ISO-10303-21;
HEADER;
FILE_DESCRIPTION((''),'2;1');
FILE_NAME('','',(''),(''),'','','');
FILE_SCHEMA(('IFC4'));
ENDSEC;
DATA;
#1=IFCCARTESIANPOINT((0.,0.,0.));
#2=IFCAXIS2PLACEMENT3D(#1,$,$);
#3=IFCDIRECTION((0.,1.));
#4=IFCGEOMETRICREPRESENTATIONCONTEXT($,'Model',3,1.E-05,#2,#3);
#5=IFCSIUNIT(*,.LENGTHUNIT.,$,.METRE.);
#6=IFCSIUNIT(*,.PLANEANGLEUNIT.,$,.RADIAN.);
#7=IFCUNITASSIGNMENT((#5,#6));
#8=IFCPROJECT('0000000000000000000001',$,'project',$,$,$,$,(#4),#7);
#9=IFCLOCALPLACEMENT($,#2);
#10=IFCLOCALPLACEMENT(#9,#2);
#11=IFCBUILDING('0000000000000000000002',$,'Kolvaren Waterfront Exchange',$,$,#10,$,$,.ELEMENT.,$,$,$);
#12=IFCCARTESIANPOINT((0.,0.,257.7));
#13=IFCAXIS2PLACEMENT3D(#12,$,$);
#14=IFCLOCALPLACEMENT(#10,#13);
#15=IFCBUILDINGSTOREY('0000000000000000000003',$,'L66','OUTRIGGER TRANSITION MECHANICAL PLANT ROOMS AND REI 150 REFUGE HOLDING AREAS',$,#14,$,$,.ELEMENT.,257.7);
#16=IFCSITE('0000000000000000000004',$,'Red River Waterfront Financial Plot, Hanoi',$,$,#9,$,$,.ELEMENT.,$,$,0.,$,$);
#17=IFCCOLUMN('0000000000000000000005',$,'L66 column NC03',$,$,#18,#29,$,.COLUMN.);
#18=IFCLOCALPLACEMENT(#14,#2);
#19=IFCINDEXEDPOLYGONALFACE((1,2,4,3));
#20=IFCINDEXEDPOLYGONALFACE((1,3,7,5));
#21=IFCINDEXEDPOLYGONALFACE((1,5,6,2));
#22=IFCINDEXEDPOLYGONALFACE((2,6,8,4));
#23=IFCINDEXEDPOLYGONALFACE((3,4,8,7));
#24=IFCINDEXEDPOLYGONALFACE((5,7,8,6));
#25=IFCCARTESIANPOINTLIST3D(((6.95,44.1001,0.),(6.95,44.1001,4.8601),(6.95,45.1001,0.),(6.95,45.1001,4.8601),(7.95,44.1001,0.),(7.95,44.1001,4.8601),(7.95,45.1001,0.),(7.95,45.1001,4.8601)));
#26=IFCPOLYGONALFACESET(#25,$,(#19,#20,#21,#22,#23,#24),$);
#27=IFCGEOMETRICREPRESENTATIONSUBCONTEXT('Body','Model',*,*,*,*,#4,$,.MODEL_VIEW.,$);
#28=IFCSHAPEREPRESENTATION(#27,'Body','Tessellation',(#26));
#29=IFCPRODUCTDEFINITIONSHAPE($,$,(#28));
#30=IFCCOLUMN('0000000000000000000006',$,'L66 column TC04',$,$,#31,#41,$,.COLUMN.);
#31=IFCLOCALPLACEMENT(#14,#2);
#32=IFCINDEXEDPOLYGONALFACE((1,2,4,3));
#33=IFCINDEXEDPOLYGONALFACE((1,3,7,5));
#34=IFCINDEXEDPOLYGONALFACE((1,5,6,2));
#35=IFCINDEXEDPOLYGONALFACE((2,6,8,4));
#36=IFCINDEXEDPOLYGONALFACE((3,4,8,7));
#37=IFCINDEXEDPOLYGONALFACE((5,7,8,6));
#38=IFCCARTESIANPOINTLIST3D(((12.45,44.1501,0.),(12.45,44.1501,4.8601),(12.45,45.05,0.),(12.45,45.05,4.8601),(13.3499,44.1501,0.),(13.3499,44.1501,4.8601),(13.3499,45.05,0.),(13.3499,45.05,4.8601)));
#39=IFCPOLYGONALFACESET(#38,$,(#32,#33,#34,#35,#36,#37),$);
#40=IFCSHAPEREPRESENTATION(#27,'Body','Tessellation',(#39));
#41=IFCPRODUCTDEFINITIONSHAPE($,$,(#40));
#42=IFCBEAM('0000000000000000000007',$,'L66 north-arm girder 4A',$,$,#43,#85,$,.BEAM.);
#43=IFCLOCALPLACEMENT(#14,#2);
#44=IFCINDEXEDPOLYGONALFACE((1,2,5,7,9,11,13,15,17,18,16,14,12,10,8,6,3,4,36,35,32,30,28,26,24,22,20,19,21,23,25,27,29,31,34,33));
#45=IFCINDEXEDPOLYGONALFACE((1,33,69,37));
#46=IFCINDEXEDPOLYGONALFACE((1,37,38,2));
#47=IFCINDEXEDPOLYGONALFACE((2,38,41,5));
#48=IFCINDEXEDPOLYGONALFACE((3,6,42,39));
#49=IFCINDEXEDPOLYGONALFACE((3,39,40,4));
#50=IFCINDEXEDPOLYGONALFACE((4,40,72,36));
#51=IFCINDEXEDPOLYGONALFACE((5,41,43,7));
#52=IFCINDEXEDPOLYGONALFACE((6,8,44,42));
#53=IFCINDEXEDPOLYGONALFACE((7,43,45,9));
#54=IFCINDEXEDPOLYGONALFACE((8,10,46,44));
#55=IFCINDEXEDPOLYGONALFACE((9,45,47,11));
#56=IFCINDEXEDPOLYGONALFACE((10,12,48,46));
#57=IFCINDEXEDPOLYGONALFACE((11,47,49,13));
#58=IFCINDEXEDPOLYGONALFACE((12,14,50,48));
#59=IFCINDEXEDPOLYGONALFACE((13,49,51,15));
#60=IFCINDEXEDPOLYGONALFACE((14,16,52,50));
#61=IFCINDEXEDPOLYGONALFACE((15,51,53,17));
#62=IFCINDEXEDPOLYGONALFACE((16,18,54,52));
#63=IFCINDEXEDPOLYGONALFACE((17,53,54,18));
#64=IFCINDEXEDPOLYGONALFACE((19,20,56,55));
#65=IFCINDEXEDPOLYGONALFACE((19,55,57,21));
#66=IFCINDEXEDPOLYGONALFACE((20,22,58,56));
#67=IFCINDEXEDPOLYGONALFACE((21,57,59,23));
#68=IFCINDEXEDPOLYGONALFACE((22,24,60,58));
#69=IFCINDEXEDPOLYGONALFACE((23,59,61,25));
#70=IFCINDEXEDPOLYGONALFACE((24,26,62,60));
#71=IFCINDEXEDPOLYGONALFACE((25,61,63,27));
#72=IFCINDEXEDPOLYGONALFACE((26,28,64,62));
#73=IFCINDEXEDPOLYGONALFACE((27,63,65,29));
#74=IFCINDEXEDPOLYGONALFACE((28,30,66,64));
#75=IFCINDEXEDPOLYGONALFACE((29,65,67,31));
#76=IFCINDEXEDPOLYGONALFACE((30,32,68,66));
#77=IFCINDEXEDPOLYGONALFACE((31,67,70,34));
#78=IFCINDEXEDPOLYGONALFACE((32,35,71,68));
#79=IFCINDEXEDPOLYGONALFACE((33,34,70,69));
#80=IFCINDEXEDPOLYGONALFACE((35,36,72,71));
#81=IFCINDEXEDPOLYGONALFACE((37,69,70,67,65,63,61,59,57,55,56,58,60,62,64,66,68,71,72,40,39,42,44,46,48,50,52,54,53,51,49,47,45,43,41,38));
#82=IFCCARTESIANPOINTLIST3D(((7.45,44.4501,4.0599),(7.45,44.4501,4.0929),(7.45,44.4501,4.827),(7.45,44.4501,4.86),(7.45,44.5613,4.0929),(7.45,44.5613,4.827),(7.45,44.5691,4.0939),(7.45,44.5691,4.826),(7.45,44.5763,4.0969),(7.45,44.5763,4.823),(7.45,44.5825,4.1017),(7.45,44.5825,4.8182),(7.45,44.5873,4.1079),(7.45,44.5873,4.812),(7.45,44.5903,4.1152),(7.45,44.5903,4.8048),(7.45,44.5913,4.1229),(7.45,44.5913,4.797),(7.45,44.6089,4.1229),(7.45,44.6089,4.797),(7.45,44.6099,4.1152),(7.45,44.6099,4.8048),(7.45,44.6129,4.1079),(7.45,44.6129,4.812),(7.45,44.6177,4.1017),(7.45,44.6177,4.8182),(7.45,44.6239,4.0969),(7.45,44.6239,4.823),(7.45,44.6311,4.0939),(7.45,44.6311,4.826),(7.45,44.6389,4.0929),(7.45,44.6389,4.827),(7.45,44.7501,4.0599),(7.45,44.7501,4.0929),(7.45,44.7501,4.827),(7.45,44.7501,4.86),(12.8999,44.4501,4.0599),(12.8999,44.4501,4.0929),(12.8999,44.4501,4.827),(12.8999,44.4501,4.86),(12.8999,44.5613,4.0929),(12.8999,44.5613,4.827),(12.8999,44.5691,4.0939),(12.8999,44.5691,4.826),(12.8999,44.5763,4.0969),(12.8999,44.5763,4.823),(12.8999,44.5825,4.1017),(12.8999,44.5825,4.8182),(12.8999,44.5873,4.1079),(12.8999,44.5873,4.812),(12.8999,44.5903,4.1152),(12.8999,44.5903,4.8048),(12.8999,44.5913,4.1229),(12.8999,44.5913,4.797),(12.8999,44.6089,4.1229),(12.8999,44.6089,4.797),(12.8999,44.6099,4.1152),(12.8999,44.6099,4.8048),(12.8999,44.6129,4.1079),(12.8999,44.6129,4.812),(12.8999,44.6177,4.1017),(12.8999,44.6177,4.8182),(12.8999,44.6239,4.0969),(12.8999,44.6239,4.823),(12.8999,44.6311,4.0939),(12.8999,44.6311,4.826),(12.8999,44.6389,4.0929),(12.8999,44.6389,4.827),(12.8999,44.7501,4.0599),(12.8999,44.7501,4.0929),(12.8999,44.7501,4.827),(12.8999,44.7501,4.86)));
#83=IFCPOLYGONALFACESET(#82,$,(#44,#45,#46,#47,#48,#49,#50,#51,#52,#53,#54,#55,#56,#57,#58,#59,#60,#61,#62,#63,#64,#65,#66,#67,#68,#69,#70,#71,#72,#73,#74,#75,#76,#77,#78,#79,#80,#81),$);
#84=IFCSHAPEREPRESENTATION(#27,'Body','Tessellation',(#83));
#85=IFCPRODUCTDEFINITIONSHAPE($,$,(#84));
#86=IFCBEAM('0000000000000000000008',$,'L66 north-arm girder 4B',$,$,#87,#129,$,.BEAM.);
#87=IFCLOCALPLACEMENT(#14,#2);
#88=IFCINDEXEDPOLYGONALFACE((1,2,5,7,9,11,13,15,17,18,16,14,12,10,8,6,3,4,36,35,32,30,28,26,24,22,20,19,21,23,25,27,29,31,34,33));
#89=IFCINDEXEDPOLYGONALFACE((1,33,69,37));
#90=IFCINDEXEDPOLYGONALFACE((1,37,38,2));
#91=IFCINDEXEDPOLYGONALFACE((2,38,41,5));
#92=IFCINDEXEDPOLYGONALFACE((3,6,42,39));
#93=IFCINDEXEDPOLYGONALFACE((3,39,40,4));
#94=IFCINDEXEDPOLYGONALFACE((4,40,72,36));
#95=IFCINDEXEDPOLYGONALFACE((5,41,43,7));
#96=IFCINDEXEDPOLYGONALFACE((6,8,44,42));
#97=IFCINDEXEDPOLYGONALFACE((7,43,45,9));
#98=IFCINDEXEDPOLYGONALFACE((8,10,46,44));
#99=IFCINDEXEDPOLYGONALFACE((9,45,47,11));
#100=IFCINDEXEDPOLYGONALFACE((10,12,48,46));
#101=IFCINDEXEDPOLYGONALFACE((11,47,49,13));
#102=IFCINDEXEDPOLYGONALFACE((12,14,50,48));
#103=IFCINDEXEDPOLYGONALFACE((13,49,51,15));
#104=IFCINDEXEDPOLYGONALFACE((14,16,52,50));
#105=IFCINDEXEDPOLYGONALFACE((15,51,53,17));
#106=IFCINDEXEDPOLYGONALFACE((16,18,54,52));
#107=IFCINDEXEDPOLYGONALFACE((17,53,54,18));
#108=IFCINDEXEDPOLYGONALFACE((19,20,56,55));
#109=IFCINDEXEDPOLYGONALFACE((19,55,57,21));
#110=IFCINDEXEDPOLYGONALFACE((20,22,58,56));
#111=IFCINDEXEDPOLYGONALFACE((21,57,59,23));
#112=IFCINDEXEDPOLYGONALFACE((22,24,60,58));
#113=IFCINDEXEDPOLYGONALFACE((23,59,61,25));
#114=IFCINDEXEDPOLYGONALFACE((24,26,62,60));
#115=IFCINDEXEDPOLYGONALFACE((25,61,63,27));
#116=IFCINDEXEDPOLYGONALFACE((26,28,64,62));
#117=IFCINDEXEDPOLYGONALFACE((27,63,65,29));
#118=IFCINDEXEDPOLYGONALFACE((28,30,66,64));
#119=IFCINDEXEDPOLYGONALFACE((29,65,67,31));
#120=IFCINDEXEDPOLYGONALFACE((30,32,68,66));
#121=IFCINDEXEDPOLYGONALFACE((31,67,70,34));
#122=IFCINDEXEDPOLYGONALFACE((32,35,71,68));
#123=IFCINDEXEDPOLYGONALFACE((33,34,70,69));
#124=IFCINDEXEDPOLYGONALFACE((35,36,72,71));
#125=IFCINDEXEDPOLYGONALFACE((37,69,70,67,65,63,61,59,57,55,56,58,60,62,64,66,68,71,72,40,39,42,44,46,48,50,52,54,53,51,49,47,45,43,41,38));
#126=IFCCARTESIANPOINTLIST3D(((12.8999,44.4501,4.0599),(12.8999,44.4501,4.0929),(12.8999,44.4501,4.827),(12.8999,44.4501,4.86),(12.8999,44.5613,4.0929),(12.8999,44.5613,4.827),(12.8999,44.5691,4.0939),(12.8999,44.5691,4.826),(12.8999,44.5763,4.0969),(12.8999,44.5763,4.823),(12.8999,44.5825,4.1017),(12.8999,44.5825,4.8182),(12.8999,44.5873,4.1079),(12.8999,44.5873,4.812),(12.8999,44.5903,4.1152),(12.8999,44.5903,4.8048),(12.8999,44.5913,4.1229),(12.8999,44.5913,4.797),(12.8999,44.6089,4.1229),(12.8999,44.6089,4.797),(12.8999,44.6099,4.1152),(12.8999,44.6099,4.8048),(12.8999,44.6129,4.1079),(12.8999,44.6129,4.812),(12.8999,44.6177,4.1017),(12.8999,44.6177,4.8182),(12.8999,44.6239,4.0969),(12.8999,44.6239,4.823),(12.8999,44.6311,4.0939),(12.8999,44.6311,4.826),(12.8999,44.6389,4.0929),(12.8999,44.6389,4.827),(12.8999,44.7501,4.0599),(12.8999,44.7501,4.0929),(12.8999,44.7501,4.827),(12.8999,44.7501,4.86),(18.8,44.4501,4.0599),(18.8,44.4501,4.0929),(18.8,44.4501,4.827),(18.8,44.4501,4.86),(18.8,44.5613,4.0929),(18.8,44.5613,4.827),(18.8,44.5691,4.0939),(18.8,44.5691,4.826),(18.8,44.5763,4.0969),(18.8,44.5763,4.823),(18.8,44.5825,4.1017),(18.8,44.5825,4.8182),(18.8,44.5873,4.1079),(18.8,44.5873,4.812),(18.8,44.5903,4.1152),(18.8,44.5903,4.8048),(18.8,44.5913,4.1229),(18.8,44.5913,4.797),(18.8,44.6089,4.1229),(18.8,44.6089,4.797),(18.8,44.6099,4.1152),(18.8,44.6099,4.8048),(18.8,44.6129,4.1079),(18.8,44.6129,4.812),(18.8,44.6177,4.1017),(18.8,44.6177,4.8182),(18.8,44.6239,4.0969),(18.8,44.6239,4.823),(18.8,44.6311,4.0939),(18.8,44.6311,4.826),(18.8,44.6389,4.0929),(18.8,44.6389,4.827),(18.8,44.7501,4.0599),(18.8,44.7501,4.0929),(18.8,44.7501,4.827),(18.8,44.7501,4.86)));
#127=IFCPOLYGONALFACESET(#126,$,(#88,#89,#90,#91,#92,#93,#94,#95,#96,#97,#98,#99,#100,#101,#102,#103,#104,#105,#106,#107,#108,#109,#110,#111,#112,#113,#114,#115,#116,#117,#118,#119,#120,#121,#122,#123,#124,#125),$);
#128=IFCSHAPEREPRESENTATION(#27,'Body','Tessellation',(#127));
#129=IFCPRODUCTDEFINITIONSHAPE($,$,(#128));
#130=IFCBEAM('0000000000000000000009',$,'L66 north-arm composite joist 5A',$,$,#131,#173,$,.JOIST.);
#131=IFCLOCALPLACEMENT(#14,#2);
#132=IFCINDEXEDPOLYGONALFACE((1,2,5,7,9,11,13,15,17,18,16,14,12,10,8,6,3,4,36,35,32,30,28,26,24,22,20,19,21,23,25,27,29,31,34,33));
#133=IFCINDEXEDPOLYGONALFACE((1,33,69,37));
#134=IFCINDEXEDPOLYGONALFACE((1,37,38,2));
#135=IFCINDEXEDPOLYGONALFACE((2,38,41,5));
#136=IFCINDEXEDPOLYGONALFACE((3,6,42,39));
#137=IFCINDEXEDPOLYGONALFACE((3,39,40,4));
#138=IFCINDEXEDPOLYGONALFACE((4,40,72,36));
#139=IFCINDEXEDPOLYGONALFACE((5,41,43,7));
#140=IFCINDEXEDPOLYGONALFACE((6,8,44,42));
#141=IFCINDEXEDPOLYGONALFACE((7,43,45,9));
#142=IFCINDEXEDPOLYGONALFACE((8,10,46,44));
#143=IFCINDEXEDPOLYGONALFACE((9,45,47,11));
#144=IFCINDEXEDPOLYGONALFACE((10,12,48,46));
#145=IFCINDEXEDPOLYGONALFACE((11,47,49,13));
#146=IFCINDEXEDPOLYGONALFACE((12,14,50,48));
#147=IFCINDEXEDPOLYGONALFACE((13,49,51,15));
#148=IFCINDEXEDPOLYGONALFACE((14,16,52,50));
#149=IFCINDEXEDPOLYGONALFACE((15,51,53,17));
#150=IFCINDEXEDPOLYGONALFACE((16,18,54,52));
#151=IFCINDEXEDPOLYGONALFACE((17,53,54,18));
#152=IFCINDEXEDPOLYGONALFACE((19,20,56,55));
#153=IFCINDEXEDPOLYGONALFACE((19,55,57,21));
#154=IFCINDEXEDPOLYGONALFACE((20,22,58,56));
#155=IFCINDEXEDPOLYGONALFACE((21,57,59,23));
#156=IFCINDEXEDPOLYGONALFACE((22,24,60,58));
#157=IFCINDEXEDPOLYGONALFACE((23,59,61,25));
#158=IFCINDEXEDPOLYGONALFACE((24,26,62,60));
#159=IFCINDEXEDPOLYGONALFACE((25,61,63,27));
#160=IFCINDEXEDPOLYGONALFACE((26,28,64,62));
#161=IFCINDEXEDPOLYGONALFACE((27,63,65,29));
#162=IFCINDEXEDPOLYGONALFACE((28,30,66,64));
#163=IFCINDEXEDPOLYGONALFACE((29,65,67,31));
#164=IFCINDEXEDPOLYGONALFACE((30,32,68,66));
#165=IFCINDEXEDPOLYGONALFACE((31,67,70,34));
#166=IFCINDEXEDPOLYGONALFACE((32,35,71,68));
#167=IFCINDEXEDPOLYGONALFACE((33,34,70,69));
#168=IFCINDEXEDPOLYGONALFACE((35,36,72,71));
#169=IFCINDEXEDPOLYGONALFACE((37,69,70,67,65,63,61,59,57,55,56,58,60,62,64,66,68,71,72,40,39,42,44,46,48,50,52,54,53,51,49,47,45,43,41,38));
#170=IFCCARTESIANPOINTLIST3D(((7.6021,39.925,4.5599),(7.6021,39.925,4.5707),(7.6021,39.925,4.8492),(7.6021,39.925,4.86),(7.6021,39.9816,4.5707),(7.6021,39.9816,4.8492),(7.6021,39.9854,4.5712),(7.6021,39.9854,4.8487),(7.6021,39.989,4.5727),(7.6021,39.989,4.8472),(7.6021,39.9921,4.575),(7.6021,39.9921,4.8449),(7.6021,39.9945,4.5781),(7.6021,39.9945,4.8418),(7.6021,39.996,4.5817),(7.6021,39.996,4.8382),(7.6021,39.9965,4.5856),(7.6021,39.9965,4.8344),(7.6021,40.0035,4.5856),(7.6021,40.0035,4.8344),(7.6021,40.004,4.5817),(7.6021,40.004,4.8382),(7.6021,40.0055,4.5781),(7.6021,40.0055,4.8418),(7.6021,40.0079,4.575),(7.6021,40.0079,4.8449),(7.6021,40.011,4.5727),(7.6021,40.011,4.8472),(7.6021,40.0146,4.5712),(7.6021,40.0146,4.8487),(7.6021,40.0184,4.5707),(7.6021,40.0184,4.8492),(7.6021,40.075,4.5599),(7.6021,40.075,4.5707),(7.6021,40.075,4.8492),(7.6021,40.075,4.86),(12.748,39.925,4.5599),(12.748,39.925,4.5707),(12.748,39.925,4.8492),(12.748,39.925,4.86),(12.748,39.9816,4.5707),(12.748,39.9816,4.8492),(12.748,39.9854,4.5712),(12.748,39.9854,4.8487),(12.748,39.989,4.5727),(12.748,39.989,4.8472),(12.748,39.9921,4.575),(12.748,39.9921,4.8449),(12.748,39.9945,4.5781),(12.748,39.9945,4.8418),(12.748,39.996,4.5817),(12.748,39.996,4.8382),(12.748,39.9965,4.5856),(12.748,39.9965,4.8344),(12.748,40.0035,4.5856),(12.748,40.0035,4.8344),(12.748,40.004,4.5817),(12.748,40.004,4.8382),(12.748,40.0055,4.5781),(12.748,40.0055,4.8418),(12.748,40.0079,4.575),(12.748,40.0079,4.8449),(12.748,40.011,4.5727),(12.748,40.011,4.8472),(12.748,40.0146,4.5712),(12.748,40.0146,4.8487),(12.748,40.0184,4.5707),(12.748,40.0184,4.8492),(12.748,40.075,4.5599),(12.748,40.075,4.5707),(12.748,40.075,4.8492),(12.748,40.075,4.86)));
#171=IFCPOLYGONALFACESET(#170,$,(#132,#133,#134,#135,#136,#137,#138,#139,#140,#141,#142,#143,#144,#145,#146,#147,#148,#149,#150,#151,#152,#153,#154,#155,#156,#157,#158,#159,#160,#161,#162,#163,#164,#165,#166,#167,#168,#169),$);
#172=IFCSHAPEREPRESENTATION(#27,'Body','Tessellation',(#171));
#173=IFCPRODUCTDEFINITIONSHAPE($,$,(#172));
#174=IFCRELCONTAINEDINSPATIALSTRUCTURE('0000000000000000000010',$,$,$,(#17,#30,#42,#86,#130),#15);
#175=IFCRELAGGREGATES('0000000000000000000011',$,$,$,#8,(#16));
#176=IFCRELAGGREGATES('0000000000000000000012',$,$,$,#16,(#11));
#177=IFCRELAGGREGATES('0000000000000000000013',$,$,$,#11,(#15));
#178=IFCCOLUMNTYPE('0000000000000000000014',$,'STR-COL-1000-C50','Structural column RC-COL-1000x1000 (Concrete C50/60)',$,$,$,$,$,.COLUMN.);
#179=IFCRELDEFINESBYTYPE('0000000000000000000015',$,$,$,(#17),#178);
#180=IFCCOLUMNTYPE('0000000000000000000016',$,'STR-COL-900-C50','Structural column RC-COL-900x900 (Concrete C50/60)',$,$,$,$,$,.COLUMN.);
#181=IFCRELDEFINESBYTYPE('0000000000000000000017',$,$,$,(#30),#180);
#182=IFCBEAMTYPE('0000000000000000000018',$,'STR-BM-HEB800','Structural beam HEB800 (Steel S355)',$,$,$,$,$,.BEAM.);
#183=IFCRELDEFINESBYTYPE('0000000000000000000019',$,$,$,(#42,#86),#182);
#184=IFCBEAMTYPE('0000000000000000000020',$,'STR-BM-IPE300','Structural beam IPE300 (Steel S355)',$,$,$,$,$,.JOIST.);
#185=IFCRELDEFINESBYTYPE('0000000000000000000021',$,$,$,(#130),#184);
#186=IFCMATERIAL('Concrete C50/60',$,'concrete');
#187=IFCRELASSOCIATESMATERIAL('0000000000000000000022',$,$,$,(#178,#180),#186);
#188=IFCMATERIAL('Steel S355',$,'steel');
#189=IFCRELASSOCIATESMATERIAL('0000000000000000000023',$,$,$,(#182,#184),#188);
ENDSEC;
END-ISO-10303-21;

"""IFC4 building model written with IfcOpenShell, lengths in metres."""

from ifc_helpers import new_model, si_unit, direction, frame, origin, origin_2d, place, context, subcontext, project, spatial, rectangle, i_section, extrude, material, material_profile, profile_set, type_object, element, save


model = new_model("IFC4")

# Units and contexts
model_context = context("Model", 3, precision=1e-05, world=origin(), true_north=direction((0.0, 1.0)))
body_context = subcontext(model_context, "Body", "Model", "MODEL_VIEW")
ifc_project = project(units=[si_unit("LENGTHUNIT", "METRE"), si_unit("PLANEANGLEUNIT", "RADIAN")], contexts=[model_context])

# Site, building, storey
site_placement = place(None, origin())
site = spatial("IfcSite", under=ifc_project, at=site_placement, Name="Red River Waterfront Financial Plot, Hanoi", CompositionType="ELEMENT", RefElevation=0.0)
building_placement = place(site_placement, origin())
building = spatial("IfcBuilding", under=site, at=building_placement, Name="Kolvaren Waterfront Exchange", CompositionType="ELEMENT")
storey_placement = place(building_placement, frame((0.0, 0.0, 257.7)))
storey = spatial("IfcBuildingStorey", under=building, at=storey_placement, Name="L66", Description="OUTRIGGER TRANSITION MECHANICAL PLANT ROOMS AND REI 150 REFUGE HOLDING AREAS", CompositionType="ELEMENT", Elevation=257.7)

# Columns
ifc_material_1 = material(Name="Concrete C50/60", Category="concrete")
ifc_material_profile_1 = material_profile(ifc_material_1, rectangle(XDim=1.0, YDim=1.0, at=origin_2d()), Name="RC-COL-1000x1000")
ifc_profile_set_1 = profile_set([ifc_material_profile_1], Name="Concrete C50/60")
column_type_1 = type_object("IfcColumnType", Name="STR-COL-1000-C50", Description="Structural column RC-COL-1000x1000 (Concrete C50/60)", PredefinedType="COLUMN", material=ifc_profile_set_1)
column_1_placement = place(storey_placement, frame((7.45, 44.6001, 0.0), z_axis=(0.0, 0.0, 1.0), x_axis=(1.0, 0.0, 0.0)))
element("IfcColumn", 1, at=column_1_placement, inside=storey, type_object=column_type_1, Name="L66 column NC03", PredefinedType="COLUMN", context=body_context, shape_type="SweptSolid", body=[
    extrude(rectangle(XDim=1.0, YDim=1.0, at=origin_2d()), origin(), (0.0, 0.0, 1.0), 4.8601),
])
ifc_material_profile_2 = material_profile(ifc_material_1, rectangle(XDim=0.8999, YDim=0.8999, at=origin_2d()), Name="RC-COL-900x900")
ifc_profile_set_2 = profile_set([ifc_material_profile_2], Name="Concrete C50/60")
column_type_2 = type_object("IfcColumnType", Name="STR-COL-900-C50", Description="Structural column RC-COL-900x900 (Concrete C50/60)", PredefinedType="COLUMN", material=ifc_profile_set_2)
column_2_placement = place(storey_placement, frame((12.8999, 44.6001, 0.0), z_axis=(0.0, 0.0, 1.0), x_axis=(1.0, 0.0, 0.0)))
element("IfcColumn", 2, at=column_2_placement, inside=storey, type_object=column_type_2, Name="L66 column TC04", PredefinedType="COLUMN", context=body_context, shape_type="SweptSolid", body=[
    extrude(rectangle(XDim=0.8999, YDim=0.8999, at=origin_2d()), origin(), (0.0, 0.0, 1.0), 4.8601),
])

# Beams
ifc_material_2 = material(Name="Steel S355", Category="steel")
ifc_material_profile_3 = material_profile(ifc_material_2, i_section(OverallWidth=0.3, OverallDepth=0.8, WebThickness=0.0176, FlangeThickness=0.033, FilletRadius=0.03, at=origin_2d()), Name="HEB800")
ifc_profile_set_3 = profile_set([ifc_material_profile_3], Name="Steel S355")
beam_type_1 = type_object("IfcBeamType", Name="STR-BM-HEB800", Description="Structural beam HEB800 (Steel S355)", PredefinedType="BEAM", material=ifc_profile_set_3)
beam_1_placement = place(storey_placement, frame((7.45, 44.6001, 4.46), z_axis=(1.0, 0.0, 0.0), x_axis=(0.0, 1.0, 0.0)))
element("IfcBeam", 3, at=beam_1_placement, inside=storey, type_object=beam_type_1, Name="L66 north-arm girder 4A", PredefinedType="BEAM", context=body_context, shape_type="SweptSolid", body=[
    extrude(i_section(OverallWidth=0.3, OverallDepth=0.8, WebThickness=0.0176, FlangeThickness=0.033, FilletRadius=0.03, at=origin_2d()), origin(), (0.0, 0.0, 1.0), 5.45),
])
beam_2_placement = place(storey_placement, frame((12.8999, 44.6001, 4.46), z_axis=(1.0, 0.0, 0.0), x_axis=(0.0, 1.0, 0.0)))
element("IfcBeam", 4, at=beam_2_placement, inside=storey, type_object=beam_type_1, Name="L66 north-arm girder 4B", PredefinedType="BEAM", context=body_context, shape_type="SweptSolid", body=[
    extrude(i_section(OverallWidth=0.3, OverallDepth=0.8, WebThickness=0.0176, FlangeThickness=0.033, FilletRadius=0.03, at=origin_2d()), origin(), (0.0, 0.0, 1.0), 5.9001),
])
ifc_material_profile_4 = material_profile(ifc_material_2, i_section(OverallWidth=0.1499, OverallDepth=0.3, WebThickness=0.0071, FlangeThickness=0.0107, FilletRadius=0.0149, at=origin_2d()), Name="IPE300")
ifc_profile_set_4 = profile_set([ifc_material_profile_4], Name="Steel S355")
beam_type_2 = type_object("IfcBeamType", Name="STR-BM-IPE300", Description="Structural beam IPE300 (Steel S355)", PredefinedType="JOIST", material=ifc_profile_set_4)
beam_3_placement = place(storey_placement, frame((7.6021, 40.0, 4.71), z_axis=(1.0, 0.0, 0.0), x_axis=(0.0, 1.0, 0.0)))
element("IfcBeam", 5, at=beam_3_placement, inside=storey, type_object=beam_type_2, Name="L66 north-arm composite joist 5A", PredefinedType="JOIST", context=body_context, shape_type="SweptSolid", body=[
    extrude(i_section(OverallWidth=0.1499, OverallDepth=0.3, WebThickness=0.0071, FlangeThickness=0.0107, FilletRadius=0.0149, at=origin_2d()), origin(), (0.0, 0.0, 1.0), 5.146),
])

save(model, "model.ifc")
